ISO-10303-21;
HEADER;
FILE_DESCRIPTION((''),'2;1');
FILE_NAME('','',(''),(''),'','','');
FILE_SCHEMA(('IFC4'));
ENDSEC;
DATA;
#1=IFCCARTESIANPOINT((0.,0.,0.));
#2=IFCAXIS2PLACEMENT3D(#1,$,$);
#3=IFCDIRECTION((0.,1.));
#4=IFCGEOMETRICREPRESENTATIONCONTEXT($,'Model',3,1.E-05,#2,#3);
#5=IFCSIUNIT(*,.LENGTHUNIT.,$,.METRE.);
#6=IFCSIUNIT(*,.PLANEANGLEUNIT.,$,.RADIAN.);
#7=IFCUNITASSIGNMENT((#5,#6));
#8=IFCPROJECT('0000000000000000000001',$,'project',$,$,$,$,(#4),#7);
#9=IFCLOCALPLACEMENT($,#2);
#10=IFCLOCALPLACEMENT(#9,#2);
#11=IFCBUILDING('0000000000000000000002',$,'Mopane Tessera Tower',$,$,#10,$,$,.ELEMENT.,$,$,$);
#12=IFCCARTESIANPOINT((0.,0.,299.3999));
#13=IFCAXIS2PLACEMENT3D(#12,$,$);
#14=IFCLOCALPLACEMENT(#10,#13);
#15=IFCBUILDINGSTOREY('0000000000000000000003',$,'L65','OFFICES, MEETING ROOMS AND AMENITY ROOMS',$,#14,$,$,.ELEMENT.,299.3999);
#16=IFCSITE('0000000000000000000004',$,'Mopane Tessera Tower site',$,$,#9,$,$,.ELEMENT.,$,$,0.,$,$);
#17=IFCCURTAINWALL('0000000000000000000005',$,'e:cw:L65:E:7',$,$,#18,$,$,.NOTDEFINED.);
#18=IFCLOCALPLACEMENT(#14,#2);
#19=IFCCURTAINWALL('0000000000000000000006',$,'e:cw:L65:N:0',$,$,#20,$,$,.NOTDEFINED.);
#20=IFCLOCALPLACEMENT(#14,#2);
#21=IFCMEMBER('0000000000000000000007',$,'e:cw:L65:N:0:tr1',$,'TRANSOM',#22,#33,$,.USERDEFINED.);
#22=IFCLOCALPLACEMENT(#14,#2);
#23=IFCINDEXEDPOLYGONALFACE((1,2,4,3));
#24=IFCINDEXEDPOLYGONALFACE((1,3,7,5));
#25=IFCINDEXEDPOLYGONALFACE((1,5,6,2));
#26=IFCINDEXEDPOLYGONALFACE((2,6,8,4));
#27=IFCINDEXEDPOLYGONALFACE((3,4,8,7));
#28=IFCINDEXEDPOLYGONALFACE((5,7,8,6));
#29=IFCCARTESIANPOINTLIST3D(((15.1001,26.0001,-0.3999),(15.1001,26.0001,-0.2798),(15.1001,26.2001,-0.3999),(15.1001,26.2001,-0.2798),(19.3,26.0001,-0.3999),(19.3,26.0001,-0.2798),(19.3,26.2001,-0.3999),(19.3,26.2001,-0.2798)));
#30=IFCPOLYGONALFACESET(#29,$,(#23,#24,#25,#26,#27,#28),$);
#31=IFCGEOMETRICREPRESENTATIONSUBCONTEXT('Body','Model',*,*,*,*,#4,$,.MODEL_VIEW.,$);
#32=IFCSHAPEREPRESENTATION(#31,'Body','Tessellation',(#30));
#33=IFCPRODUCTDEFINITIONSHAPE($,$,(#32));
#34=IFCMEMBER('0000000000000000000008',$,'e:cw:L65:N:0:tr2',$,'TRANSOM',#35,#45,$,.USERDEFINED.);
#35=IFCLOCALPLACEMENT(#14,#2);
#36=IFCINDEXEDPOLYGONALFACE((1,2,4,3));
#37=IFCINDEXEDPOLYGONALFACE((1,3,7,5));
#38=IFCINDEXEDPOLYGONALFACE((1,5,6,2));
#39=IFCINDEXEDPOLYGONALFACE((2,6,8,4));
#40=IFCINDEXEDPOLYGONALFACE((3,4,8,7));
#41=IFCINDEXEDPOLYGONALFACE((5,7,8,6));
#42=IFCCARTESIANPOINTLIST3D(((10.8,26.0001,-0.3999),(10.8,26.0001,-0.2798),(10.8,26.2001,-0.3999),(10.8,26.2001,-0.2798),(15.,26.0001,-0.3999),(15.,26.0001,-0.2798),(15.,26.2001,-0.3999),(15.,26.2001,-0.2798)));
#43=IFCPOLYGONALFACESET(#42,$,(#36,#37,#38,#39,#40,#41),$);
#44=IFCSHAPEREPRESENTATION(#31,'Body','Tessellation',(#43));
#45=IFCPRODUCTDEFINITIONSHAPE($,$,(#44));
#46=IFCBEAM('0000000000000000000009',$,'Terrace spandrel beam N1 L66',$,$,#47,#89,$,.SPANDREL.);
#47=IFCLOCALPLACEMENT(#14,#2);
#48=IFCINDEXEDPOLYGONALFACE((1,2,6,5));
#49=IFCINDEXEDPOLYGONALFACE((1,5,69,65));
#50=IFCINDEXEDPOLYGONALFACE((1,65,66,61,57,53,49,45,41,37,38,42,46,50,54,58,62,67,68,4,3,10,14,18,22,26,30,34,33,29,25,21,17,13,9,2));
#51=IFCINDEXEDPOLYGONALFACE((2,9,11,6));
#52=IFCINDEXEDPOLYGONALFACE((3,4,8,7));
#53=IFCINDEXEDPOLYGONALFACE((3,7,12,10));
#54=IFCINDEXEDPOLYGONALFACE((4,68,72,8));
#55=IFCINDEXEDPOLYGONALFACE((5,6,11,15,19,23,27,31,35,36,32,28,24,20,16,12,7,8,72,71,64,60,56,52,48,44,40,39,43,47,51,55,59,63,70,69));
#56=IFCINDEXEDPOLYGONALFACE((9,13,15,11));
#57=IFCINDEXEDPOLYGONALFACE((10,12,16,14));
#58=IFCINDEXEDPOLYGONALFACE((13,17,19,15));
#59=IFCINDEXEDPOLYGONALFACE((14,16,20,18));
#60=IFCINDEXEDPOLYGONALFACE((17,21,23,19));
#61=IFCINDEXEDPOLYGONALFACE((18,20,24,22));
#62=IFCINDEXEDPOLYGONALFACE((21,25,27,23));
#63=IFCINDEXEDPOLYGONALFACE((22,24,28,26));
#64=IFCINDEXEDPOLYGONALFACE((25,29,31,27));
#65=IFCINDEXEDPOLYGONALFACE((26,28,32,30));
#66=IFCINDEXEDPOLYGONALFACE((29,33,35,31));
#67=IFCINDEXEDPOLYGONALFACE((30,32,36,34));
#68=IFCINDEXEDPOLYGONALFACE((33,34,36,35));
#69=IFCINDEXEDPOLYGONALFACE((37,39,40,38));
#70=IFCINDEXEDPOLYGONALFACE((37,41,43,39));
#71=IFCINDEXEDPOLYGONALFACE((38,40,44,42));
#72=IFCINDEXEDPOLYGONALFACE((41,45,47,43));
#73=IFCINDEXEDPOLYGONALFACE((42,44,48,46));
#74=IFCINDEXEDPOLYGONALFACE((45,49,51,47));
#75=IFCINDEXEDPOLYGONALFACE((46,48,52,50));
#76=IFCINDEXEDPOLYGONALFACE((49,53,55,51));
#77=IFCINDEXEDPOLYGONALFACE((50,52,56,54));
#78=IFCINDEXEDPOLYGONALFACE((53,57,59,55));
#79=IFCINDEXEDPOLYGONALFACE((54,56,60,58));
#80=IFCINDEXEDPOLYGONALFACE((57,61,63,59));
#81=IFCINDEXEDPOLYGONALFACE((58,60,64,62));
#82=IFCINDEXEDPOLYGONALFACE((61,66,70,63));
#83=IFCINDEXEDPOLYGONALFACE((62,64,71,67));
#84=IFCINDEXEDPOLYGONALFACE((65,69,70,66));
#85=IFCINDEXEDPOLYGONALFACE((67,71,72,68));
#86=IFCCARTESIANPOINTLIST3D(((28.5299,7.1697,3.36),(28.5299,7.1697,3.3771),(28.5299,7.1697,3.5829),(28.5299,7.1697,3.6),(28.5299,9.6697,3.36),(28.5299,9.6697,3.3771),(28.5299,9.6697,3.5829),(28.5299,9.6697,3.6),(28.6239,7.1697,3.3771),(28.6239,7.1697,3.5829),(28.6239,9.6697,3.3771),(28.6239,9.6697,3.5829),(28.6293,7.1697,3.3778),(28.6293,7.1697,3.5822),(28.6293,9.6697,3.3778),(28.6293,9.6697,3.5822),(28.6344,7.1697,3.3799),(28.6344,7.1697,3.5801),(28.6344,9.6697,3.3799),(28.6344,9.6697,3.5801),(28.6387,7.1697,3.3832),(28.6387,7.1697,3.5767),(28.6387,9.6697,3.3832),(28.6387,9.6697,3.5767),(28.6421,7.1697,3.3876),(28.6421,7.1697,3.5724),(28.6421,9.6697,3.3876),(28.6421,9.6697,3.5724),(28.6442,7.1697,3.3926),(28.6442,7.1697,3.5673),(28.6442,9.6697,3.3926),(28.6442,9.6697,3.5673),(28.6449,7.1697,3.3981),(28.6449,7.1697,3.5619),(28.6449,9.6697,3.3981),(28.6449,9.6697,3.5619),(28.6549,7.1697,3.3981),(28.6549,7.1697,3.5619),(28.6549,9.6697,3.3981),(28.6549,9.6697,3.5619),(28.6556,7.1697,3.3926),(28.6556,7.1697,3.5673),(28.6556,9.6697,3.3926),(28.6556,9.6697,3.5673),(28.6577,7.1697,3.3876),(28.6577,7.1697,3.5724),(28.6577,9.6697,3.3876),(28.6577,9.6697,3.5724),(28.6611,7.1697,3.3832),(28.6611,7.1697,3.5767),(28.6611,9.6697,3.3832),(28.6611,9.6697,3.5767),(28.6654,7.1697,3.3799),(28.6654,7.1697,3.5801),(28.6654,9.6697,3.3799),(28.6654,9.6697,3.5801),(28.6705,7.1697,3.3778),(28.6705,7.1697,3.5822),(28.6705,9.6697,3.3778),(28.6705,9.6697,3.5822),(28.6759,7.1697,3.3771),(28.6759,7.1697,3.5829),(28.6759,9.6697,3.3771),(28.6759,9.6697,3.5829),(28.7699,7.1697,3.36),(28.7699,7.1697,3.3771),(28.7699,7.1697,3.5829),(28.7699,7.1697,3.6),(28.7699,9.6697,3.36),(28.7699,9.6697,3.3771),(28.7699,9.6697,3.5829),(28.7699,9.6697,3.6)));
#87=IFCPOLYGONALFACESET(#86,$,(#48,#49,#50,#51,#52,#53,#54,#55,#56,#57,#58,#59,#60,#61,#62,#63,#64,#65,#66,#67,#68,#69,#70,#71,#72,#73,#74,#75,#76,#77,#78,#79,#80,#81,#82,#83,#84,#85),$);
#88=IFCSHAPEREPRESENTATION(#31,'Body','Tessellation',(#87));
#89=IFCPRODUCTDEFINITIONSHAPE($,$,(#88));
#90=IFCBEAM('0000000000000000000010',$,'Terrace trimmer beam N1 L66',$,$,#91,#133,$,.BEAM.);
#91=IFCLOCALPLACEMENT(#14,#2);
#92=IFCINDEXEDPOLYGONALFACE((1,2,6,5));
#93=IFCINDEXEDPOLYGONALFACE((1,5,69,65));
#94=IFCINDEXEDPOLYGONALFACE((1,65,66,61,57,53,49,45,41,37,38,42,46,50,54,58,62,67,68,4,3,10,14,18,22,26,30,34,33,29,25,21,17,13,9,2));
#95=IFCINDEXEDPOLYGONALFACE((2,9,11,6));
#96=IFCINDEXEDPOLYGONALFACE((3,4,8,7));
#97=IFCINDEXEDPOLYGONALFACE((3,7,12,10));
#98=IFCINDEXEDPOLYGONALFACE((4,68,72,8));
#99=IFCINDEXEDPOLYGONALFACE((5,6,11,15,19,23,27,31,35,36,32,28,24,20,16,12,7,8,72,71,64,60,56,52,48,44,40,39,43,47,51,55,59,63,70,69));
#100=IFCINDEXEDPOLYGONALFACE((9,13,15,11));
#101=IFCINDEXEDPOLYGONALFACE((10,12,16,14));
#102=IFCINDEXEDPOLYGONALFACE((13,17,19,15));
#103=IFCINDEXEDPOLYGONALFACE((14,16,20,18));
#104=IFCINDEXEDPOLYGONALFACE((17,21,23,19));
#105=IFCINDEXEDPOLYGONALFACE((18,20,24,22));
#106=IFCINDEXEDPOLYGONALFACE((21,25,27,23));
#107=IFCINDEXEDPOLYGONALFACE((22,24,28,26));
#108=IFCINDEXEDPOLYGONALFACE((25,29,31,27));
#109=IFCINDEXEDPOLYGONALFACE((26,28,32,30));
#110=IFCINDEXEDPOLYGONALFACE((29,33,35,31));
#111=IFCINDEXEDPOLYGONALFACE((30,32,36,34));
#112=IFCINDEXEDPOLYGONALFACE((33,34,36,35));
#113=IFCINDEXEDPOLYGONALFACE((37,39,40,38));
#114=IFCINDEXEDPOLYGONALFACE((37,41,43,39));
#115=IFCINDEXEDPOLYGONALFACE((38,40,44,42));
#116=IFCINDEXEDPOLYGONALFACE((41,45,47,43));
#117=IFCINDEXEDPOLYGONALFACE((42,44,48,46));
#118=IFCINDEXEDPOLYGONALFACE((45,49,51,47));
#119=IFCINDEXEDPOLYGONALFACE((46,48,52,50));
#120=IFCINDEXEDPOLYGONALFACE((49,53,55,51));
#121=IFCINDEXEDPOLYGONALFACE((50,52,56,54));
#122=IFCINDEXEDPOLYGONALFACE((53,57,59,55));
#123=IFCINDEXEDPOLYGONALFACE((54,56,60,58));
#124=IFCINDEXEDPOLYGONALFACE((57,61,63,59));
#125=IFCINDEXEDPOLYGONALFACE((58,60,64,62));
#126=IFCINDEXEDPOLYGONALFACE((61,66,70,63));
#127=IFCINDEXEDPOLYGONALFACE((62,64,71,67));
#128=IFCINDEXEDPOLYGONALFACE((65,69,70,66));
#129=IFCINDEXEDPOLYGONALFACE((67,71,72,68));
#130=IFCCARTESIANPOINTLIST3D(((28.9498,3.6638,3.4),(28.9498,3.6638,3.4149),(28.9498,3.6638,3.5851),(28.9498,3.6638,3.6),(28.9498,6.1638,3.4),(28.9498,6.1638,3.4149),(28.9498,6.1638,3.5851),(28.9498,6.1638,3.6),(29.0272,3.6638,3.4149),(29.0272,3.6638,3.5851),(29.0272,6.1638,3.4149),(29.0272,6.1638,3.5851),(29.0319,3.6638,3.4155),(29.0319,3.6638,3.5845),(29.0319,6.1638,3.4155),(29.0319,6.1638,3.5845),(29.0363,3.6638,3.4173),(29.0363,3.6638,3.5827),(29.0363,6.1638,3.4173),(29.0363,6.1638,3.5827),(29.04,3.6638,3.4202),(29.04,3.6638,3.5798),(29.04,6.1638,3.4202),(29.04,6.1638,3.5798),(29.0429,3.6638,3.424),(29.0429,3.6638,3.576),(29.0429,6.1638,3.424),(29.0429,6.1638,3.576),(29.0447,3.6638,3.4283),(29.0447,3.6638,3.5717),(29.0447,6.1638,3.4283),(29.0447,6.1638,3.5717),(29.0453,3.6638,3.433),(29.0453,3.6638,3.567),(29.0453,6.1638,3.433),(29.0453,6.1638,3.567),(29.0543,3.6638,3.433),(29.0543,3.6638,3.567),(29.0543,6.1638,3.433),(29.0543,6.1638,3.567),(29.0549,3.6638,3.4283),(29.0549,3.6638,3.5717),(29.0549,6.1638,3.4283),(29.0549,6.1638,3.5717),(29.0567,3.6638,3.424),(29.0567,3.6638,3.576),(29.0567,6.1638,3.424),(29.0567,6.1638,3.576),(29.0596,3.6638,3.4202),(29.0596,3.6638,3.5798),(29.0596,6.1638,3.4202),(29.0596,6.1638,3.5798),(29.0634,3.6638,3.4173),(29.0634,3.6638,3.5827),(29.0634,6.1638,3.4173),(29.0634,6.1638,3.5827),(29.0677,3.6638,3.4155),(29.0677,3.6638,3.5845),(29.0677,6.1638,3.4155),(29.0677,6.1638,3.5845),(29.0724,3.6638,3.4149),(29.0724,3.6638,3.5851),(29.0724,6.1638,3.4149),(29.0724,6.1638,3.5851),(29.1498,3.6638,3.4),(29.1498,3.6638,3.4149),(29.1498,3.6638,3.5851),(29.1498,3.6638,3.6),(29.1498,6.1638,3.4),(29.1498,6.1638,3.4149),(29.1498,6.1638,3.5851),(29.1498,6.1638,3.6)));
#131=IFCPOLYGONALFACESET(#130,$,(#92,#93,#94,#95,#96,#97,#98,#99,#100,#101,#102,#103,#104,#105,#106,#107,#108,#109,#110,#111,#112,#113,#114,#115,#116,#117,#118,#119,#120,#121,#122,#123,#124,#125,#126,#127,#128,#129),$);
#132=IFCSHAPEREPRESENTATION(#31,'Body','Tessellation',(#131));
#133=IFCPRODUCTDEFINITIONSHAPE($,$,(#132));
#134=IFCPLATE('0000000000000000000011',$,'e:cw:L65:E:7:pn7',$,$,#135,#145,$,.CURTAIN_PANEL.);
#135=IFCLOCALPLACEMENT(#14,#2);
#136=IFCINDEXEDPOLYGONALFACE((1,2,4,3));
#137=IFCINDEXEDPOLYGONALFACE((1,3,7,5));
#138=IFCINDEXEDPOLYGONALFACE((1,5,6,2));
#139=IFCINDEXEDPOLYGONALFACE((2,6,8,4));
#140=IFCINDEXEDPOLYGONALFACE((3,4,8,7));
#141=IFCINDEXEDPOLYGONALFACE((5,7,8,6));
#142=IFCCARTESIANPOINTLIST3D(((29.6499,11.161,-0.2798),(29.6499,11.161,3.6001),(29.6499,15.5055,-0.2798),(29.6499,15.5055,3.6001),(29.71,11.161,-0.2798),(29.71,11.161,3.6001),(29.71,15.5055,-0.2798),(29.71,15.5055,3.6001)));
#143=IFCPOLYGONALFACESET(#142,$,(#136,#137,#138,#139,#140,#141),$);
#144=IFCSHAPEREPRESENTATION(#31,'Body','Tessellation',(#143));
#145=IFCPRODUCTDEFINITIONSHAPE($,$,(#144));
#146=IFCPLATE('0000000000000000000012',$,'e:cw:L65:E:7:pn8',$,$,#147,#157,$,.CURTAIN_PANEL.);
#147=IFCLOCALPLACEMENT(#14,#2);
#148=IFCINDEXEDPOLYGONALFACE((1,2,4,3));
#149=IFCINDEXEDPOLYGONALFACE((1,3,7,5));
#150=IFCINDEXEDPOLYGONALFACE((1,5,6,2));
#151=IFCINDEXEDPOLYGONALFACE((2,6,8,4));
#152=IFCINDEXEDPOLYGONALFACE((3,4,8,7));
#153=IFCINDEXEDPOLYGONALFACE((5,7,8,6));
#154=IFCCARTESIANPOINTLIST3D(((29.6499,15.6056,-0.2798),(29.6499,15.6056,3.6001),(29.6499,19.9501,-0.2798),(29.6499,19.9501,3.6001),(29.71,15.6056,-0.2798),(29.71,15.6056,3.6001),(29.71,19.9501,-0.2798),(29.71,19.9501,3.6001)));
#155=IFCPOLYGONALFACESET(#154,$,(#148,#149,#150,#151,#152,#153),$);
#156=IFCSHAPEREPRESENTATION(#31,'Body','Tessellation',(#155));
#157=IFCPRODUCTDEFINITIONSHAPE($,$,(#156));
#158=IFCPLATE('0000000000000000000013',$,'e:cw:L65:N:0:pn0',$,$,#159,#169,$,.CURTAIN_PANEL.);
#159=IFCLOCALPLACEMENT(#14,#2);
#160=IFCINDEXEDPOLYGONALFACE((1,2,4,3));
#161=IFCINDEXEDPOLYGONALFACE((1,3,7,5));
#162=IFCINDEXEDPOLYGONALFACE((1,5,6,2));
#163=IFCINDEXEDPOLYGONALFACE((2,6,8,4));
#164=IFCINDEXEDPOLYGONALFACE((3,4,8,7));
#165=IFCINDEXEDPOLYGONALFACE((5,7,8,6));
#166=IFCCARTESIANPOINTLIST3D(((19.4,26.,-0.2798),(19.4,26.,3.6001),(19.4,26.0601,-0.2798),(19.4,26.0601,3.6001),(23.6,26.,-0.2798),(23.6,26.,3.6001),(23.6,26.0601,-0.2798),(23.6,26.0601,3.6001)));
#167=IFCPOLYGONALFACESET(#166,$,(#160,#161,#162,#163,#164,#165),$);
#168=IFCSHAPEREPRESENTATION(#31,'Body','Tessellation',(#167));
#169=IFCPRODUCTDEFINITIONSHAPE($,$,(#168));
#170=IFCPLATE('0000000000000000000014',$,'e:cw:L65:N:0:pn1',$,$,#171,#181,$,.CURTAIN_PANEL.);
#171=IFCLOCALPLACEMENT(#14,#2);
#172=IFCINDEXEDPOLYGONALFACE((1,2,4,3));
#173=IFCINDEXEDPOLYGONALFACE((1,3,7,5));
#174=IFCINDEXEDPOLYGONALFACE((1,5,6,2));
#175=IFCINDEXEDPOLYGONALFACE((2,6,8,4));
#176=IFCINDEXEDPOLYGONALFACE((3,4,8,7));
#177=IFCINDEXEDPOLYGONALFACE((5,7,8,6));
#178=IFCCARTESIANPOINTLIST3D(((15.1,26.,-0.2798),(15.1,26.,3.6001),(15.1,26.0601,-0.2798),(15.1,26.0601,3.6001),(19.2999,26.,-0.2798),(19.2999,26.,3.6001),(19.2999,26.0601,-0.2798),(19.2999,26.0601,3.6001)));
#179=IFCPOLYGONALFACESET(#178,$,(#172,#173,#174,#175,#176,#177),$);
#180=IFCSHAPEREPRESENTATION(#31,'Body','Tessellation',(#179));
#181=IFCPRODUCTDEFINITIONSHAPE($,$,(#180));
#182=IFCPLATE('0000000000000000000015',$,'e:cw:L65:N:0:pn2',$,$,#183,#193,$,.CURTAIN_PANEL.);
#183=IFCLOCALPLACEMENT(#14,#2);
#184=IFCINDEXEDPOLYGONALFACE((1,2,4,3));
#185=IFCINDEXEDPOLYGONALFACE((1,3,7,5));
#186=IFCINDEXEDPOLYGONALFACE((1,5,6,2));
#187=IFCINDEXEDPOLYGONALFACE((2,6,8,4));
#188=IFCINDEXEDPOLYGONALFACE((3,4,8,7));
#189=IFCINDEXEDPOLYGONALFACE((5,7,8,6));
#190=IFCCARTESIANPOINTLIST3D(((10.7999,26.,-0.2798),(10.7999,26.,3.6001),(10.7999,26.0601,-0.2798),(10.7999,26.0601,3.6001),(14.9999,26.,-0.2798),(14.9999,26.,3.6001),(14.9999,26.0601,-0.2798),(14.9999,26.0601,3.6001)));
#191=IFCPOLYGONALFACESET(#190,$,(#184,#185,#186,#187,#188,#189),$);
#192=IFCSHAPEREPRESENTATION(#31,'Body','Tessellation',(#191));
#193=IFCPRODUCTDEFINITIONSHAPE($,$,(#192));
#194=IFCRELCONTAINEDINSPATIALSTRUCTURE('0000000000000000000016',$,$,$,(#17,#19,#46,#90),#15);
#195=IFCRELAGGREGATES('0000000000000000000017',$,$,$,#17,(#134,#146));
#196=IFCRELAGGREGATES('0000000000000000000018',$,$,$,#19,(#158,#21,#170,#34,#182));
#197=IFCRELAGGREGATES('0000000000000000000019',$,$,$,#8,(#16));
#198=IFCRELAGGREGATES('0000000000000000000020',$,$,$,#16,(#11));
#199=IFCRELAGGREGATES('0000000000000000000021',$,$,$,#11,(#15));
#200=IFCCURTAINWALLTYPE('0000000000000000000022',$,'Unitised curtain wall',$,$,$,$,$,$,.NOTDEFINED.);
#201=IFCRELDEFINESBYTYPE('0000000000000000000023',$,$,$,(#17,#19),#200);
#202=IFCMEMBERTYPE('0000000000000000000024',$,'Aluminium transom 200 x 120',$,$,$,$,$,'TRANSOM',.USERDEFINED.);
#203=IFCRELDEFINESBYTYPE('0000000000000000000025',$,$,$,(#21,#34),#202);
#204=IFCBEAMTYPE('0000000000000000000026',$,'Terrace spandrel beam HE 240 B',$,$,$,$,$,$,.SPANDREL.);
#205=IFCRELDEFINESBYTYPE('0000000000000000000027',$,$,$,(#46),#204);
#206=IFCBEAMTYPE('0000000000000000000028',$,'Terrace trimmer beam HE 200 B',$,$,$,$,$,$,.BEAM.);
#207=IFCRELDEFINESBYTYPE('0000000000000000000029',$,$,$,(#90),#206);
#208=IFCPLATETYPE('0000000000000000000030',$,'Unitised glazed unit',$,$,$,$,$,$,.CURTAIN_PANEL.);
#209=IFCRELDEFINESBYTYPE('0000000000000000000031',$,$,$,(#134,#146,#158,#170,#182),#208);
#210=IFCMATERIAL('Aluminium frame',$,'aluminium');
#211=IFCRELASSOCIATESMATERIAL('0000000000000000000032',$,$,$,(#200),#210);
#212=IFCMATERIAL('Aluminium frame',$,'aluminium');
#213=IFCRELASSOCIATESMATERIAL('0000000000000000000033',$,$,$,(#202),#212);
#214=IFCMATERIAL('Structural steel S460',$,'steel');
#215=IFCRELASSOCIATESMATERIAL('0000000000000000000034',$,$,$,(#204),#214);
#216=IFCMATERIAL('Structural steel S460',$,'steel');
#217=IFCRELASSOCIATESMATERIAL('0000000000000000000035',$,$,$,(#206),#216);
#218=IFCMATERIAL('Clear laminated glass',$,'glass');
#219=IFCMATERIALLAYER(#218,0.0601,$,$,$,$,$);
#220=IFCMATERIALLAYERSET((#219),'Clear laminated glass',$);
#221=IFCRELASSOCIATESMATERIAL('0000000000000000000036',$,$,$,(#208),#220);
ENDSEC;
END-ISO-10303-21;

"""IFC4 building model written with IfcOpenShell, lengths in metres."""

from ifc_helpers import new_model, si_unit, direction, frame, origin, origin_2d, place, context, subcontext, project, spatial, rectangle, i_section, extrude, material, layer, layer_set, material_profile, profile_set, type_object, element, aggregate, save


model = new_model("IFC4")

# Units and contexts
model_context = context("Model", 3, precision=1e-05, world=origin(), true_north=direction((0.0, 1.0)))
body_context = subcontext(model_context, "Body", "Model", "MODEL_VIEW")
ifc_project = project(units=[si_unit("LENGTHUNIT", "METRE"), si_unit("PLANEANGLEUNIT", "RADIAN")], contexts=[model_context])

# Site, building, storey
site_placement = place(None, origin())
site = spatial("IfcSite", under=ifc_project, at=site_placement, Name="Mopane Tessera Tower site", CompositionType="ELEMENT", RefElevation=0.0)
building_placement = place(site_placement, origin())
building = spatial("IfcBuilding", under=site, at=building_placement, Name="Mopane Tessera Tower", CompositionType="ELEMENT")
storey_placement = place(building_placement, frame((0.0, 0.0, 299.3999)))
storey = spatial("IfcBuildingStorey", under=building, at=storey_placement, Name="L65", Description="OFFICES, MEETING ROOMS AND AMENITY ROOMS", CompositionType="ELEMENT", Elevation=299.3999)

# Curtain walls
ifc_material_1 = material(Name="Aluminium frame", Category="aluminium")
curtain_wall_type = type_object("IfcCurtainWallType", Name="Unitised curtain wall", PredefinedType="NOTDEFINED", material=ifc_material_1)
curtain_wall_1_placement = place(storey_placement, origin())
curtain_wall_1 = element("IfcCurtainWall", 1, at=curtain_wall_1_placement, inside=storey, type_object=curtain_wall_type, Name="e:cw:L65:E:7", PredefinedType="NOTDEFINED")
curtain_wall_2_placement = place(storey_placement, origin())
curtain_wall_2 = element("IfcCurtainWall", 2, at=curtain_wall_2_placement, inside=storey, type_object=curtain_wall_type, Name="e:cw:L65:N:0", PredefinedType="NOTDEFINED")

# Members
ifc_material_2 = material(Name="Aluminium frame", Category="aluminium")
ifc_material_profile_1 = material_profile(ifc_material_2, rectangle(XDim=0.2, YDim=0.1201, at=origin_2d()))
ifc_profile_set_1 = profile_set([ifc_material_profile_1], Name="Aluminium frame")
member_type_1 = type_object("IfcMemberType", Name="Aluminium transom 200 x 120", ElementType="TRANSOM", PredefinedType="USERDEFINED", material=ifc_profile_set_1)
member_1_placement = place(storey_placement, frame((19.3, 26.1001, -0.3398), z_axis=(-1.0, 0.0, 0.0), x_axis=(0.0, -1.0, 0.0)))
member_1 = element("IfcMember", 3, at=member_1_placement, type_object=member_type_1, Name="e:cw:L65:N:0:tr1", ObjectType="TRANSOM", PredefinedType="USERDEFINED", context=body_context, shape_type="SweptSolid", body=[
    extrude(rectangle(XDim=0.2, YDim=0.1201, at=origin_2d()), origin(), (0.0, 0.0, 1.0), 4.2),
])
member_2_placement = place(storey_placement, frame((15.0, 26.1001, -0.3398), z_axis=(-1.0, 0.0, 0.0), x_axis=(0.0, -1.0, 0.0)))
member_2 = element("IfcMember", 4, at=member_2_placement, type_object=member_type_1, Name="e:cw:L65:N:0:tr2", ObjectType="TRANSOM", PredefinedType="USERDEFINED", context=body_context, shape_type="SweptSolid", body=[
    extrude(rectangle(XDim=0.2, YDim=0.1201, at=origin_2d()), origin(), (0.0, 0.0, 1.0), 4.2),
])

# Beams
ifc_material_3 = material(Name="Structural steel S460", Category="steel")
ifc_material_profile_2 = material_profile(ifc_material_3, i_section(OverallWidth=0.24, OverallDepth=0.24, WebThickness=0.01, FlangeThickness=0.0171, FilletRadius=0.021, at=origin_2d()))
ifc_profile_set_2 = profile_set([ifc_material_profile_2], Name="Structural steel S460")
beam_type_1 = type_object("IfcBeamType", Name="Terrace spandrel beam HE 240 B", PredefinedType="SPANDREL", material=ifc_profile_set_2)
beam_1_placement = place(storey_placement, frame((28.6499, 7.1697, 3.48), z_axis=(0.0, 1.0, 0.0), x_axis=(-1.0, 0.0, 0.0)))
element("IfcBeam", 5, at=beam_1_placement, inside=storey, type_object=beam_type_1, Name="Terrace spandrel beam N1 L66", PredefinedType="SPANDREL", context=body_context, shape_type="SweptSolid", body=[
    extrude(i_section(OverallWidth=0.24, OverallDepth=0.24, WebThickness=0.01, FlangeThickness=0.0171, FilletRadius=0.021, at=origin_2d()), origin(), (0.0, 0.0, 1.0), 2.5),
])
ifc_material_4 = material(Name="Structural steel S460", Category="steel")
ifc_material_profile_3 = material_profile(ifc_material_4, i_section(OverallWidth=0.2, OverallDepth=0.2, WebThickness=0.009, FlangeThickness=0.0149, FilletRadius=0.0181, at=origin_2d()))
ifc_profile_set_3 = profile_set([ifc_material_profile_3], Name="Structural steel S460")
beam_type_2 = type_object("IfcBeamType", Name="Terrace trimmer beam HE 200 B", PredefinedType="BEAM", material=ifc_profile_set_3)
beam_2_placement = place(storey_placement, frame((29.0498, 6.1638, 3.5), z_axis=(0.0, -1.0, 0.0), x_axis=(1.0, 0.0, 0.0)))
element("IfcBeam", 6, at=beam_2_placement, inside=storey, type_object=beam_type_2, Name="Terrace trimmer beam N1 L66", PredefinedType="BEAM", context=body_context, shape_type="SweptSolid", body=[
    extrude(i_section(OverallWidth=0.2, OverallDepth=0.2, WebThickness=0.009, FlangeThickness=0.0149, FilletRadius=0.0181, at=origin_2d()), origin(), (0.0, 0.0, 1.0), 2.5),
])

# Plates
ifc_material_5 = material(Name="Clear laminated glass", Category="glass")
ifc_layer_1 = layer(ifc_material_5, 0.0601)
ifc_layer_set_1 = layer_set([ifc_layer_1], Name="Clear laminated glass")
plate_type = type_object("IfcPlateType", Name="Unitised glazed unit", PredefinedType="CURTAIN_PANEL", material=ifc_layer_set_1)
plate_1_placement = place(storey_placement, frame((29.6799, 13.3333, -0.2798), z_axis=(0.0, 0.0, 1.0), x_axis=(0.0, 1.0, 0.0)))
plate_1 = element("IfcPlate", 7, at=plate_1_placement, type_object=plate_type, Name="e:cw:L65:E:7:pn7", PredefinedType="CURTAIN_PANEL", context=body_context, shape_type="SweptSolid", body=[
    extrude(rectangle(XDim=4.3445, YDim=0.0601, at=origin_2d()), origin(), (0.0, 0.0, 1.0), 3.8799),
])
plate_2_placement = place(storey_placement, frame((29.6799, 17.7778, -0.2798), z_axis=(0.0, 0.0, 1.0), x_axis=(0.0, 1.0, 0.0)))
plate_2 = element("IfcPlate", 8, at=plate_2_placement, type_object=plate_type, Name="e:cw:L65:E:7:pn8", PredefinedType="CURTAIN_PANEL", context=body_context, shape_type="SweptSolid", body=[
    extrude(rectangle(XDim=4.3445, YDim=0.0601, at=origin_2d()), origin(), (0.0, 0.0, 1.0), 3.8799),
])
aggregate(curtain_wall_1, [plate_1, plate_2])
plate_3_placement = place(storey_placement, frame((21.5, 26.03, -0.2798), z_axis=(0.0, 0.0, 1.0), x_axis=(-1.0, 0.0, 0.0)))
plate_3 = element("IfcPlate", 9, at=plate_3_placement, type_object=plate_type, Name="e:cw:L65:N:0:pn0", PredefinedType="CURTAIN_PANEL", context=body_context, shape_type="SweptSolid", body=[
    extrude(rectangle(XDim=4.2, YDim=0.0601, at=origin_2d()), origin(), (0.0, 0.0, 1.0), 3.8799),
])
plate_4_placement = place(storey_placement, frame((17.2, 26.03, -0.2798), z_axis=(0.0, 0.0, 1.0), x_axis=(-1.0, 0.0, 0.0)))
plate_4 = element("IfcPlate", 10, at=plate_4_placement, type_object=plate_type, Name="e:cw:L65:N:0:pn1", PredefinedType="CURTAIN_PANEL", context=body_context, shape_type="SweptSolid", body=[
    extrude(rectangle(XDim=4.2, YDim=0.0601, at=origin_2d()), origin(), (0.0, 0.0, 1.0), 3.8799),
])
plate_5_placement = place(storey_placement, frame((12.8999, 26.03, -0.2798), z_axis=(0.0, 0.0, 1.0), x_axis=(-1.0, 0.0, 0.0)))
plate_5 = element("IfcPlate", 11, at=plate_5_placement, type_object=plate_type, Name="e:cw:L65:N:0:pn2", PredefinedType="CURTAIN_PANEL", context=body_context, shape_type="SweptSolid", body=[
    extrude(rectangle(XDim=4.2, YDim=0.0601, at=origin_2d()), origin(), (0.0, 0.0, 1.0), 3.8799),
])
aggregate(curtain_wall_2, [plate_3, member_1, plate_4, member_2, plate_5])

save(model, "model.ifc")
